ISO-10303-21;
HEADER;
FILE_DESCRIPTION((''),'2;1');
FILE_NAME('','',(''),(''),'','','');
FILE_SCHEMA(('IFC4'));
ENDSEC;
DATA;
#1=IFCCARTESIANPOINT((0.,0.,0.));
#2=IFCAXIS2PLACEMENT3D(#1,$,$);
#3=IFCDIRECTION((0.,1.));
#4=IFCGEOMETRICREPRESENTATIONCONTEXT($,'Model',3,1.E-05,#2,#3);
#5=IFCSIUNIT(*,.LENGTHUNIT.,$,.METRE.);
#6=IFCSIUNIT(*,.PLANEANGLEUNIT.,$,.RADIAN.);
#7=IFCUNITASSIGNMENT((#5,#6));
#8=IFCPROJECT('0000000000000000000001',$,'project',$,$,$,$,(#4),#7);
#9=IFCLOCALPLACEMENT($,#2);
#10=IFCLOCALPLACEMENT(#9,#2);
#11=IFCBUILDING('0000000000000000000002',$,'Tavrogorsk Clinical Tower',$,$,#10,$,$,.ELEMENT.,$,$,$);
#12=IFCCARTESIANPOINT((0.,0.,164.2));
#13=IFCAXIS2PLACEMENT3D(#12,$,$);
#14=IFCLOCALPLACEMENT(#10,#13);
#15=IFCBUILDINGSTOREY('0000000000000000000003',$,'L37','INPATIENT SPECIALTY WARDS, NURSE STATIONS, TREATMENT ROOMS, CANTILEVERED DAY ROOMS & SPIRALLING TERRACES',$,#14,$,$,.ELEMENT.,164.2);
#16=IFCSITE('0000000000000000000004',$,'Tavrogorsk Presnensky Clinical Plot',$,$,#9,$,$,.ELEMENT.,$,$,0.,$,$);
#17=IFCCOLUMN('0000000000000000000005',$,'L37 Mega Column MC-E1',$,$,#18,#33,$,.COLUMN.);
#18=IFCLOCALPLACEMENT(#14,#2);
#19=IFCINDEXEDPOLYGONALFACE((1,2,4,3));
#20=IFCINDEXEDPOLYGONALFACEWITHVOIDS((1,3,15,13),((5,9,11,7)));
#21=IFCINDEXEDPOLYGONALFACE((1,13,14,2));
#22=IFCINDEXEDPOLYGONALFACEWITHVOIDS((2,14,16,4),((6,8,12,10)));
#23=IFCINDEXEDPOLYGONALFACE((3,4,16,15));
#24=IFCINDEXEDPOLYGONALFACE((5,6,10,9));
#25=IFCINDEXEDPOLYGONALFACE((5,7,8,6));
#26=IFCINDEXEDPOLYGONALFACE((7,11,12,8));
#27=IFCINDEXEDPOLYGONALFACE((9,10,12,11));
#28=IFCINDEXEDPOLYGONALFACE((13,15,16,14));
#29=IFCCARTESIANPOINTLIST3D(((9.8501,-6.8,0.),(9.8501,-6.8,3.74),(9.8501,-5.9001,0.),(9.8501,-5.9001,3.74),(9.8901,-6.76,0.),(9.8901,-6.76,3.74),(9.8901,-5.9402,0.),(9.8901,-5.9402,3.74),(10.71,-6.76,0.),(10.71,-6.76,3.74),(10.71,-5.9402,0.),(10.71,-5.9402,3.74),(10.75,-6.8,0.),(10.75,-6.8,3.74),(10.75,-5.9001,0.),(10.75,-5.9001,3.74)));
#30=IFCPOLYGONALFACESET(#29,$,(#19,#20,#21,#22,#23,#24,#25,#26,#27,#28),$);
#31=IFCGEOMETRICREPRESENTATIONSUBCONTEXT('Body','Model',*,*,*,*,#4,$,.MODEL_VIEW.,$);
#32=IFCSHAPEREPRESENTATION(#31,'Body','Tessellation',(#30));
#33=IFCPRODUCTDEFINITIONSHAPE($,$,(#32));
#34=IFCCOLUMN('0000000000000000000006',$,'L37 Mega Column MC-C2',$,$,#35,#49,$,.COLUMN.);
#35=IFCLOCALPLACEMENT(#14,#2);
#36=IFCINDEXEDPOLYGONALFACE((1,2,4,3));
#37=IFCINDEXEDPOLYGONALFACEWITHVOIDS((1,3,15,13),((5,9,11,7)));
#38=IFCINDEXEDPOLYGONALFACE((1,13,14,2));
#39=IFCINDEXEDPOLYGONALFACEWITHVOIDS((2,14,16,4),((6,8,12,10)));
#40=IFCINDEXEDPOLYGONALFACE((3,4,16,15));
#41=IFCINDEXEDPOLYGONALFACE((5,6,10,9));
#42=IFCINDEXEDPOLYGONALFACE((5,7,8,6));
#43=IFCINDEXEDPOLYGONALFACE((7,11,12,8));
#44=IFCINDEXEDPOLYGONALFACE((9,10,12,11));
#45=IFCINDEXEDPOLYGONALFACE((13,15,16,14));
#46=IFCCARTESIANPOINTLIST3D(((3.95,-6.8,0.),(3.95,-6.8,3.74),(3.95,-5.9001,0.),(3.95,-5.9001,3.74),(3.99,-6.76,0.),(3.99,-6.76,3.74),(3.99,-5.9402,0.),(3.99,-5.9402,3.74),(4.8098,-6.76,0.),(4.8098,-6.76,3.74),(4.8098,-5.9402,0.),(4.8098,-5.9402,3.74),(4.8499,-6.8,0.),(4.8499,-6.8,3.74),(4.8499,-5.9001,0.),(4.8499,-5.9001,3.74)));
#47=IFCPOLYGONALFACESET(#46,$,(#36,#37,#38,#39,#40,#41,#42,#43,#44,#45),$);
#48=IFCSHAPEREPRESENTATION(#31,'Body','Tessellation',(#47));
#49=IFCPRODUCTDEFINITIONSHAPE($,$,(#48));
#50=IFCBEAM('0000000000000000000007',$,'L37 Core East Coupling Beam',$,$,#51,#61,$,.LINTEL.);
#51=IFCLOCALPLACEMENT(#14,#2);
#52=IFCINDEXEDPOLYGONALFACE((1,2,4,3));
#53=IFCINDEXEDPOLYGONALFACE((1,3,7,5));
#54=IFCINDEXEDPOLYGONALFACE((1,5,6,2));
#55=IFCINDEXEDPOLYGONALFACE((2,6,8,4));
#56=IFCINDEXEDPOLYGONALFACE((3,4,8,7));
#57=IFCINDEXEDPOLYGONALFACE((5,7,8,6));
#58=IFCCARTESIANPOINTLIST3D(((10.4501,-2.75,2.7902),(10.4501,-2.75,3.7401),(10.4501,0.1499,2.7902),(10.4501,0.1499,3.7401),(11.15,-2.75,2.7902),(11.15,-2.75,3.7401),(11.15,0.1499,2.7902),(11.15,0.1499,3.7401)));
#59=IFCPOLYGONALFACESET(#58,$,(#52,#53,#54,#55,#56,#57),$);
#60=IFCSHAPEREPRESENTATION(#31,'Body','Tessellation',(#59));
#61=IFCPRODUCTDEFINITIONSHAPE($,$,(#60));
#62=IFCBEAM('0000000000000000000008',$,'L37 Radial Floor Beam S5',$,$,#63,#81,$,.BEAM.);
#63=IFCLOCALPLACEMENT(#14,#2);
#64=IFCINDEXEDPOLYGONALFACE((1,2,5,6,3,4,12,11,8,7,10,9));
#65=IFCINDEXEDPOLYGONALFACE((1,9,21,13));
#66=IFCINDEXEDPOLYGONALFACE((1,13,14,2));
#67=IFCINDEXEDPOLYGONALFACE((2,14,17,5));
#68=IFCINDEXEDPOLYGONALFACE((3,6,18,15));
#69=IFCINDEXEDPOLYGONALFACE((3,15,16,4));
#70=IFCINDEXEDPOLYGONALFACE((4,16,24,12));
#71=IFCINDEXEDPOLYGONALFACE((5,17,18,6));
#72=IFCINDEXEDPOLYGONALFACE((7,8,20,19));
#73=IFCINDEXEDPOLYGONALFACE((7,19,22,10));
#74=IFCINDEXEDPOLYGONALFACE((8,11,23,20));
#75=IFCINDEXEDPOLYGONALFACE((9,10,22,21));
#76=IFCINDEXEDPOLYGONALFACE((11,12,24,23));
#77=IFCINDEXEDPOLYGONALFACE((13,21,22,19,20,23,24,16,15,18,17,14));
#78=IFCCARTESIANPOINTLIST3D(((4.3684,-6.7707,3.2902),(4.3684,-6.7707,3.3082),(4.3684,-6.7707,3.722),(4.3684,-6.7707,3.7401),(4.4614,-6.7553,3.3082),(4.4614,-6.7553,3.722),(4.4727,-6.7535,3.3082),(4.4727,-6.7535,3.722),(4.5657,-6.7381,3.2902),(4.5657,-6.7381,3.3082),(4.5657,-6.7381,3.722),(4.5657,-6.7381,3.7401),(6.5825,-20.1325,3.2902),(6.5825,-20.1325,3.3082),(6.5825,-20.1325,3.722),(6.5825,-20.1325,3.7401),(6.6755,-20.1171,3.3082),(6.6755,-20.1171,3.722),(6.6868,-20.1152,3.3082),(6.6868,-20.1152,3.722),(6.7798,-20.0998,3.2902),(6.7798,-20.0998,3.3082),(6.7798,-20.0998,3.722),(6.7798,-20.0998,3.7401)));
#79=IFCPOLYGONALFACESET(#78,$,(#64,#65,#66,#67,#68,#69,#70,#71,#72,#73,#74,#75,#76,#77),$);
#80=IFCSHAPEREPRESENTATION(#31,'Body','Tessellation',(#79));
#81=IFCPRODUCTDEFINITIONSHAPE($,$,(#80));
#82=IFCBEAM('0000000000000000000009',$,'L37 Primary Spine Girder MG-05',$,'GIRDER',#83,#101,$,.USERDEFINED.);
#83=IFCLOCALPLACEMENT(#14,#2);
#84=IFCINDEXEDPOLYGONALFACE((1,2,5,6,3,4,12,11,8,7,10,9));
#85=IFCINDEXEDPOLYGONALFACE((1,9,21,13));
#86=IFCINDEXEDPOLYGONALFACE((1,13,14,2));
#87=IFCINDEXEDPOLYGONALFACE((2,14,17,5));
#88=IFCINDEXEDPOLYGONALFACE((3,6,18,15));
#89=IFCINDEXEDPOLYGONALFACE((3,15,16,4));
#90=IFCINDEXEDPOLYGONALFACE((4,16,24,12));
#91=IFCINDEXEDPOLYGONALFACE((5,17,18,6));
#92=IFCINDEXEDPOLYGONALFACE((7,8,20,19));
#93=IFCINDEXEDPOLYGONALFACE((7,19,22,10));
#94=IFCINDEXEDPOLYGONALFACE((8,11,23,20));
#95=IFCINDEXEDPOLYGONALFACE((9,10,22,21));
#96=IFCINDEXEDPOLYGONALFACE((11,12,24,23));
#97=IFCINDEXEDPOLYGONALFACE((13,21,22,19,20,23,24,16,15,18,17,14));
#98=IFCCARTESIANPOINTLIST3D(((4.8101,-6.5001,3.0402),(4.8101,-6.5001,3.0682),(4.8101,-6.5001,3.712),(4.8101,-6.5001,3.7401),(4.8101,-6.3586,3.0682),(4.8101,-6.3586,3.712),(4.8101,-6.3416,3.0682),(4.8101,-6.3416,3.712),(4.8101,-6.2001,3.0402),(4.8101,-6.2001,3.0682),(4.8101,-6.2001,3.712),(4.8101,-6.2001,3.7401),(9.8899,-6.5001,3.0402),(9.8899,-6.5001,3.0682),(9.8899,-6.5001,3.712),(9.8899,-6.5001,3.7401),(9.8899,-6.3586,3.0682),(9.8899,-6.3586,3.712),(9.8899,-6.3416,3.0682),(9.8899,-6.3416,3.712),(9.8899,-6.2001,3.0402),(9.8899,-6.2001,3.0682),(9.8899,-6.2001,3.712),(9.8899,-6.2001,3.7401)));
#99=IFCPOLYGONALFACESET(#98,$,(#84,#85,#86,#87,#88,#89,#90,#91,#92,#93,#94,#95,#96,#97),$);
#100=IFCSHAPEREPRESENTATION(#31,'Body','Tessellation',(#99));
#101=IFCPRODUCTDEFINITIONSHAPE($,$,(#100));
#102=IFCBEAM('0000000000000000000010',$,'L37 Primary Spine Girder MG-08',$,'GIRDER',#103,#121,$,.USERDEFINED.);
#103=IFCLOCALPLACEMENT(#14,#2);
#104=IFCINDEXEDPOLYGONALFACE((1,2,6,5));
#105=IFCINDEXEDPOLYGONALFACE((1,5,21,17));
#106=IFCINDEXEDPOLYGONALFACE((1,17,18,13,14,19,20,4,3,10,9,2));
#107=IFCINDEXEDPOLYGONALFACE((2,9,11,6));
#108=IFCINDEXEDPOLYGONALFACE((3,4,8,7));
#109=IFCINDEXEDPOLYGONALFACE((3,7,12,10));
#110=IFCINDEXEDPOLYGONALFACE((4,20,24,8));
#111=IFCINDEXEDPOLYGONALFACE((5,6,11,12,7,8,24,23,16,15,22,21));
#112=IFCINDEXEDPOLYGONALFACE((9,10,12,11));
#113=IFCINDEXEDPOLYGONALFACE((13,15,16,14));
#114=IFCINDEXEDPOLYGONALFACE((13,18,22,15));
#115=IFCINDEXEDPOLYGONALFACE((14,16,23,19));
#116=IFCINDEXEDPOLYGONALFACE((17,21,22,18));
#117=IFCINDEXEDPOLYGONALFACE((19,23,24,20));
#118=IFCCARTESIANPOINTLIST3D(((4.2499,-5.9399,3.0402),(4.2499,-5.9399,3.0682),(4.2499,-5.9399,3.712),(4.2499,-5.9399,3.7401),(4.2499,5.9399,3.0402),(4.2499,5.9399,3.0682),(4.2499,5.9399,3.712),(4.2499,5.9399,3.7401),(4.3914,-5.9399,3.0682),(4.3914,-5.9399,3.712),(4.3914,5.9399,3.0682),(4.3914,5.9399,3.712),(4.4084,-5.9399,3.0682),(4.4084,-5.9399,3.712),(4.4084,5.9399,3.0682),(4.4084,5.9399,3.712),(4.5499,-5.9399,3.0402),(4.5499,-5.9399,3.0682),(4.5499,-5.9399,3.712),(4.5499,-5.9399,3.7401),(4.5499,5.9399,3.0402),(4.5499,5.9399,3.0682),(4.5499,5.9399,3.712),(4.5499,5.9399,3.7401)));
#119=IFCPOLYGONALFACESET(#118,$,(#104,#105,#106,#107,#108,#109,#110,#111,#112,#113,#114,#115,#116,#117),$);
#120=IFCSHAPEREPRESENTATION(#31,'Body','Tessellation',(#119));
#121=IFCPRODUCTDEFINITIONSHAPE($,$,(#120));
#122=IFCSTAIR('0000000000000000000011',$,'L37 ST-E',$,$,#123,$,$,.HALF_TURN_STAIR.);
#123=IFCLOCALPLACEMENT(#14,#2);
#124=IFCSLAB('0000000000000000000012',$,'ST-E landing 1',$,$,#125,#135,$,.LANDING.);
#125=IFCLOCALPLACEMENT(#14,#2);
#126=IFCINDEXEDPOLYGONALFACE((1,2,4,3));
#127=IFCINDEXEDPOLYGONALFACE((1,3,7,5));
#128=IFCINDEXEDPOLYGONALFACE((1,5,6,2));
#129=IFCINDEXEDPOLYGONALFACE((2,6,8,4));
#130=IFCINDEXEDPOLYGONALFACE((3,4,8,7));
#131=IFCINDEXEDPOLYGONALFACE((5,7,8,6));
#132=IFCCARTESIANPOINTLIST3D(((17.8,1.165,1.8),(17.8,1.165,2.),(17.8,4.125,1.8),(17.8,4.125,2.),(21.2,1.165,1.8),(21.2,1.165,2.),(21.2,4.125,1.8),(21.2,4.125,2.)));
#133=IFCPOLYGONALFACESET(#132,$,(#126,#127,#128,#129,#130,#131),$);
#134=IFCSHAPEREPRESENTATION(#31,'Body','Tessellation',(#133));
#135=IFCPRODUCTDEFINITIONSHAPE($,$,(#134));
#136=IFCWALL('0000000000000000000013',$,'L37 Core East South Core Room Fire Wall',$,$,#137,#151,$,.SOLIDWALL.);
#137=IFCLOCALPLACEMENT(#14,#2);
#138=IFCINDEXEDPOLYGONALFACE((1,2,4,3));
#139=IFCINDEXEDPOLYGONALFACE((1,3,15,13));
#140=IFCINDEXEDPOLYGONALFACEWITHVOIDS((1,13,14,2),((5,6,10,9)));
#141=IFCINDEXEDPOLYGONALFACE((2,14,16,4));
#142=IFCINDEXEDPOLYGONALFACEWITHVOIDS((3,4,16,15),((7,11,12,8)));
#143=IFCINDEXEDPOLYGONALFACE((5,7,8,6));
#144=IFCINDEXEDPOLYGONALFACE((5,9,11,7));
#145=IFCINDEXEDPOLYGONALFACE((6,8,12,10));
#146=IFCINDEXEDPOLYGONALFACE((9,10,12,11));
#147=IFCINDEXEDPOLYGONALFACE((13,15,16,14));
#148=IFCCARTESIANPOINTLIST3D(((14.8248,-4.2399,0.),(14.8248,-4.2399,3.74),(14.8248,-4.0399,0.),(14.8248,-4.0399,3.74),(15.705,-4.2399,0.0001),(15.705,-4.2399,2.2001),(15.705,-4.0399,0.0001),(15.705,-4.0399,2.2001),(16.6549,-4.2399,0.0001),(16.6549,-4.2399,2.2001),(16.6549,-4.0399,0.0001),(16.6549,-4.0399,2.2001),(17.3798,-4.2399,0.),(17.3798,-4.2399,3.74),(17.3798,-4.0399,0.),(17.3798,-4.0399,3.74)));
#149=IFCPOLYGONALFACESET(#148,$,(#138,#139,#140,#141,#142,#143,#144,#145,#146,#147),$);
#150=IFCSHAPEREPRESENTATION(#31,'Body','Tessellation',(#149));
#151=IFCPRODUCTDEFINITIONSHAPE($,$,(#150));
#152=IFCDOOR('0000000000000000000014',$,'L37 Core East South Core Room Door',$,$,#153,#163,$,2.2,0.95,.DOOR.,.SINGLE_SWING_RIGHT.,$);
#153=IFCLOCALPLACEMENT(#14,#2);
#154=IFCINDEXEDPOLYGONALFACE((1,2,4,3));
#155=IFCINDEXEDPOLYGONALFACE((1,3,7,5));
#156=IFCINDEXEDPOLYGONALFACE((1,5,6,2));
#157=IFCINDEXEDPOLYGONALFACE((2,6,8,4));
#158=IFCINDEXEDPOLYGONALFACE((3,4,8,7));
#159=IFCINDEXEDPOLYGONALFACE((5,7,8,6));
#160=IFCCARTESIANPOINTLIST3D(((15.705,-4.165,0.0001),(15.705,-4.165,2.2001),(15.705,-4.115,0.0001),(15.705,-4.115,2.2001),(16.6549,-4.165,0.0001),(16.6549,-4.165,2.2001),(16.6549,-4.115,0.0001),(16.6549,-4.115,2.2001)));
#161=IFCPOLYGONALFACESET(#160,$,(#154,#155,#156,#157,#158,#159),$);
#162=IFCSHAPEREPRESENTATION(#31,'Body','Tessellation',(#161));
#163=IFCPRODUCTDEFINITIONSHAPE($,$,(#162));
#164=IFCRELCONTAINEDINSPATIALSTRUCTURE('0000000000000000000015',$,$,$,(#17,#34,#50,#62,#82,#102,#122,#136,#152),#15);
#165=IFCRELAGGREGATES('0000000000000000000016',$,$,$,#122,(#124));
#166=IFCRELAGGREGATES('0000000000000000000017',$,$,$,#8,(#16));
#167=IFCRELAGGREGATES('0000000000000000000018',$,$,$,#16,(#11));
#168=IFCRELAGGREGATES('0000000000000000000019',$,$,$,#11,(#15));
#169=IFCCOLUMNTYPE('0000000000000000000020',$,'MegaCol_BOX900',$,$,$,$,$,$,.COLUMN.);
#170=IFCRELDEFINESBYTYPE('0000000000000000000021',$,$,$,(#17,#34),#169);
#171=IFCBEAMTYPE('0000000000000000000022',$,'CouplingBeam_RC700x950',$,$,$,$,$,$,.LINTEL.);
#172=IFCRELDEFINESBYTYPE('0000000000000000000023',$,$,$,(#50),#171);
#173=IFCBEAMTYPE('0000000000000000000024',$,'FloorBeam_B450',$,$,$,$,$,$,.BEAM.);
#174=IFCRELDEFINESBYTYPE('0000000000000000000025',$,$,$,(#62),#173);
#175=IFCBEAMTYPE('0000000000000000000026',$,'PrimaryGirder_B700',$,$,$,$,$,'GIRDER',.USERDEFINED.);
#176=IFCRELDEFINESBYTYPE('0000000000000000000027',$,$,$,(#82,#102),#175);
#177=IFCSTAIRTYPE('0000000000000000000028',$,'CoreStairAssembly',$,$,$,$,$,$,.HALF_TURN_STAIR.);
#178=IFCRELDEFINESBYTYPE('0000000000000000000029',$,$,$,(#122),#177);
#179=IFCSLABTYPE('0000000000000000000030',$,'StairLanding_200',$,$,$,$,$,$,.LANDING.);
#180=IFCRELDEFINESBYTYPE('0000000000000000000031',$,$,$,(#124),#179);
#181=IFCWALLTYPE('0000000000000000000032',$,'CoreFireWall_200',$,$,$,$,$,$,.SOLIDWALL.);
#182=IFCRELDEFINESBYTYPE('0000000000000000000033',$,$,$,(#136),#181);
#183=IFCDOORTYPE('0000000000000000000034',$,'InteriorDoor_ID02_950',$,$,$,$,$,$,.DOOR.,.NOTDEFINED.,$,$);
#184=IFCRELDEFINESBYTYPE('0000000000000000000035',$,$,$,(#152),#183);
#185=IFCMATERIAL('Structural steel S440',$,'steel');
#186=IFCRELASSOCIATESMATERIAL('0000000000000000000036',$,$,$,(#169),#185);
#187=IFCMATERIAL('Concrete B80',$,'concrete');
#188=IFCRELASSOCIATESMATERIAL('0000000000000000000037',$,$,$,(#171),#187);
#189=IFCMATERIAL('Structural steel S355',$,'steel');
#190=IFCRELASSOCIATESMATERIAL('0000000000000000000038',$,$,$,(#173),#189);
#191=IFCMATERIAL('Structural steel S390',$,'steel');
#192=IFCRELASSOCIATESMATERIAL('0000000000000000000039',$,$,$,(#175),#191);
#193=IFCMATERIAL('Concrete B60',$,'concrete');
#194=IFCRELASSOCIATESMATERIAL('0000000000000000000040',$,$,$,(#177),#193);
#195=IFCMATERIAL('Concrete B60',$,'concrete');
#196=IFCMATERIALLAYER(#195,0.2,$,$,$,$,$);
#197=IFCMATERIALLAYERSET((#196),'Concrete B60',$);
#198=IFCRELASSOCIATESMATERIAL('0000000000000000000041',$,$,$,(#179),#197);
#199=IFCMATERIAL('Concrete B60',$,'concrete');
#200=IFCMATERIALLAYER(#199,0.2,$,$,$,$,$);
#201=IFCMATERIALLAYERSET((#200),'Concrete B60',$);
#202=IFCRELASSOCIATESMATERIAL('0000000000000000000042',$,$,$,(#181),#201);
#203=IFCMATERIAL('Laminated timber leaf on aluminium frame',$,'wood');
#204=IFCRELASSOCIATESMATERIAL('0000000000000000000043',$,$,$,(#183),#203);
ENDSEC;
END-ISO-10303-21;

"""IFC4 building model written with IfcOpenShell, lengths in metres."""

from ifc_helpers import new_model, si_unit, direction, frame, frame_2d, origin, origin_2d, place, context, subcontext, project, spatial, polyline, rectangle, hollow_rectangle, i_section, outline, extrude, material, layer, layer_set, material_profile, profile_set, type_object, element, fill, aggregate, save


model = new_model("IFC4")

# Units and contexts
model_context = context("Model", 3, precision=1e-05, world=origin(), true_north=direction((0.0, 1.0)))
body_context = subcontext(model_context, "Body", "Model", "MODEL_VIEW")
ifc_project = project(units=[si_unit("LENGTHUNIT", "METRE"), si_unit("PLANEANGLEUNIT", "RADIAN")], contexts=[model_context])

# Site, building, storey
site_placement = place(None, origin())
site = spatial("IfcSite", under=ifc_project, at=site_placement, Name="Tavrogorsk Presnensky Clinical Plot", CompositionType="ELEMENT", RefElevation=0.0)
building_placement = place(site_placement, origin())
building = spatial("IfcBuilding", under=site, at=building_placement, Name="Tavrogorsk Clinical Tower", CompositionType="ELEMENT")
storey_placement = place(building_placement, frame((0.0, 0.0, 164.2)))
storey = spatial("IfcBuildingStorey", under=building, at=storey_placement, Name="L37", Description="INPATIENT SPECIALTY WARDS, NURSE STATIONS, TREATMENT ROOMS, CANTILEVERED DAY ROOMS & SPIRALLING TERRACES", CompositionType="ELEMENT", Elevation=164.2)

# Columns
ifc_material_1 = material(Name="Structural steel S440", Category="steel")
ifc_material_profile_1 = material_profile(ifc_material_1, hollow_rectangle(XDim=0.8999, YDim=0.8999, WallThickness=0.04, at=origin_2d()), Name="BOX-900x900x40")
ifc_profile_set_1 = profile_set([ifc_material_profile_1], Name="Structural steel S440")
column_type = type_object("IfcColumnType", Name="MegaCol_BOX900", PredefinedType="COLUMN", material=ifc_profile_set_1)
for number, where, z_axis, x_axis, name in (
    (1, (10.3, -6.3501, 0.0), (0.0, 0.0, 1.0), (1.0, 0.0, 0.0), "L37 Mega Column MC-E1"),
    (2, (4.3999, -6.3501, 0.0), (0.0, 0.0, 1.0), (1.0, 0.0, 0.0), "L37 Mega Column MC-C2"),
):
    element("IfcColumn", number, at=place(storey_placement, frame(where, z_axis=z_axis, x_axis=x_axis)), inside=storey, type_object=column_type, Name=name, PredefinedType="COLUMN", context=body_context, shape_type="SweptSolid", body=[
        extrude(hollow_rectangle(XDim=0.8999, YDim=0.8999, WallThickness=0.04, at=origin_2d()), origin(), (0.0, 0.0, 1.0), 3.74),
    ])

# Beams
ifc_material_2 = material(Name="Concrete B80", Category="concrete")
ifc_material_profile_2 = material_profile(ifc_material_2, rectangle(XDim=0.7, YDim=0.95, at=origin_2d()), Name="RC-CB-700x950")
ifc_profile_set_2 = profile_set([ifc_material_profile_2], Name="Concrete B80")
beam_type_1 = type_object("IfcBeamType", Name="CouplingBeam_RC700x950", PredefinedType="LINTEL", material=ifc_profile_set_2)
beam_1_placement = place(storey_placement, frame((10.8, -2.75, 3.2651), z_axis=(0.0, 1.0, 0.0), x_axis=(-1.0, 0.0, 0.0)))
element("IfcBeam", 3, at=beam_1_placement, inside=storey, type_object=beam_type_1, Name="L37 Core East Coupling Beam", PredefinedType="LINTEL", context=body_context, shape_type="SweptSolid", body=[
    extrude(rectangle(XDim=0.7, YDim=0.95, at=origin_2d()), origin(), (0.0, 0.0, 1.0), 2.8999),
])
ifc_material_3 = material(Name="Structural steel S355", Category="steel")
ifc_material_profile_3 = material_profile(ifc_material_3, i_section(OverallWidth=0.2, OverallDepth=0.45, WebThickness=0.0115, FlangeThickness=0.0181, at=origin_2d()), Name="B-450x200x11.5x18")
ifc_profile_set_3 = profile_set([ifc_material_profile_3], Name="Structural steel S355")
beam_type_2 = type_object("IfcBeamType", Name="FloorBeam_B450", PredefinedType="BEAM", material=ifc_profile_set_3)
beam_2_placement = place(storey_placement, frame((4.467, -6.7544, 3.5151), z_axis=(0.163475, -0.986547, 0.0), x_axis=(0.986547, 0.163475, 0.0)))
element("IfcBeam", 4, at=beam_2_placement, inside=storey, type_object=beam_type_2, Name="L37 Radial Floor Beam S5", PredefinedType="BEAM", context=body_context, shape_type="SweptSolid", body=[
    extrude(i_section(OverallWidth=0.2, OverallDepth=0.45, WebThickness=0.0115, FlangeThickness=0.0181, at=origin_2d()), origin(), (0.0, 0.0, 1.0), 13.5439),
])
ifc_material_4 = material(Name="Structural steel S390", Category="steel")
ifc_material_profile_4 = material_profile(ifc_material_4, i_section(OverallWidth=0.3, OverallDepth=0.7, WebThickness=0.0171, FlangeThickness=0.0281, at=origin_2d()), Name="B-700x300x17x28")
ifc_profile_set_4 = profile_set([ifc_material_profile_4], Name="Structural steel S390")
beam_type_3 = type_object("IfcBeamType", Name="PrimaryGirder_B700", ElementType="GIRDER", PredefinedType="USERDEFINED", material=ifc_profile_set_4)
beam_3_placement = place(storey_placement, frame((4.8101, -6.3501, 3.3901), z_axis=(1.0, 0.0, 0.0), x_axis=(0.0, 1.0, 0.0)))
element("IfcBeam", 5, at=beam_3_placement, inside=storey, type_object=beam_type_3, Name="L37 Primary Spine Girder MG-05", ObjectType="GIRDER", PredefinedType="USERDEFINED", context=body_context, shape_type="SweptSolid", body=[
    extrude(i_section(OverallWidth=0.3, OverallDepth=0.7, WebThickness=0.0171, FlangeThickness=0.0281, at=origin_2d()), origin(), (0.0, 0.0, 1.0), 5.0798),
])
beam_4_placement = place(storey_placement, frame((4.3999, -5.9399, 3.3901), z_axis=(0.0, 1.0, 0.0), x_axis=(-1.0, 0.0, 0.0)))
element("IfcBeam", 6, at=beam_4_placement, inside=storey, type_object=beam_type_3, Name="L37 Primary Spine Girder MG-08", ObjectType="GIRDER", PredefinedType="USERDEFINED", context=body_context, shape_type="SweptSolid", body=[
    extrude(i_section(OverallWidth=0.3, OverallDepth=0.7, WebThickness=0.0171, FlangeThickness=0.0281, at=origin_2d()), origin(), (0.0, 0.0, 1.0), 11.8799),
])

# Stair, slab
ifc_material_5 = material(Name="Concrete B60", Category="concrete")
stair_type = type_object("IfcStairType", Name="CoreStairAssembly", PredefinedType="HALF_TURN_STAIR", material=ifc_material_5)
stair_placement = place(storey_placement, origin())
stair = element("IfcStair", 7, at=stair_placement, inside=storey, type_object=stair_type, Name="L37 ST-E", PredefinedType="HALF_TURN_STAIR")
ifc_material_6 = material(Name="Concrete B60", Category="concrete")
ifc_layer_1 = layer(ifc_material_6, 0.2)
ifc_layer_set_1 = layer_set([ifc_layer_1], Name="Concrete B60")
slab_type = type_object("IfcSlabType", Name="StairLanding_200", PredefinedType="LANDING", material=ifc_layer_set_1)
slab_placement = place(storey_placement, frame((0.0, 0.0, 1.8)))
slab = element("IfcSlab", 8, at=slab_placement, type_object=slab_type, Name="ST-E landing 1", PredefinedType="LANDING", context=body_context, shape_type="SweptSolid", body=[
    extrude(outline(polyline([(21.2, 1.165), (21.2, 4.125), (17.8, 4.125), (17.8, 1.165), (21.2, 1.165)])), origin(), (0.0, 0.0, 1.0), 0.2),
])
aggregate(stair, [slab])

# Wall, opening, door
ifc_material_7 = material(Name="Concrete B60", Category="concrete")
ifc_layer_2 = layer(ifc_material_7, 0.2)
ifc_layer_set_2 = layer_set([ifc_layer_2], Name="Concrete B60")
wall_type_1 = type_object("IfcWallType", Name="CoreFireWall_200", PredefinedType="SOLIDWALL", material=ifc_layer_set_2)
wall_1_placement = place(storey_placement, frame((14.825, -4.1399, 0.0), z_axis=(0.0, 0.0, 1.0), x_axis=(1.0, 0.0, 0.0)))
wall_1 = element("IfcWall", 9, at=wall_1_placement, inside=storey, type_object=wall_type_1, Name="L37 Core East South Core Room Fire Wall", PredefinedType="SOLIDWALL", context=body_context, shape_type="SweptSolid", body=[
    extrude(rectangle(XDim=2.5549, YDim=0.2, at=frame_2d((1.2773, 0.0))), origin(), (0.0, 0.0, 1.0), 3.74),
])
opening_1_placement = place(wall_1_placement, frame((0.8799, 0.0, 0.0)))
opening_1 = element("IfcOpeningElement", 10, at=opening_1_placement, cuts=wall_1, PredefinedType="OPENING", context=body_context, shape_type="SweptSolid", body=[
    extrude(rectangle(XDim=0.95, YDim=2.2, at=frame_2d((0.4751, 1.1001))), frame((0.0, 0.1099, 0.0), z_axis=(0.0, -1.0, 0.0), x_axis=(1.0, 0.0, 0.0)), (0.0, 0.0, 1.0), 0.22),
])
ifc_material_8 = material(Name="Laminated timber leaf on aluminium frame", Category="wood")
door_type_1 = type_object("IfcDoorType", Name="InteriorDoor_ID02_950", OperationType="NOTDEFINED", PredefinedType="DOOR", material=ifc_material_8)
door_1_placement = place(opening_1_placement, origin())
door_1 = element("IfcDoor", 11, at=door_1_placement, inside=storey, type_object=door_type_1, Name="L37 Core East South Core Room Door", OperationType="SINGLE_SWING_RIGHT", OverallHeight=2.2, OverallWidth=0.95, PredefinedType="DOOR", context=body_context, shape_type="SweptSolid", body=[
    extrude(rectangle(XDim=0.95, YDim=2.2, at=frame_2d((0.4751, 1.1001))), frame((0.0, 0.0249, 0.0), z_axis=(0.0, -1.0, 0.0), x_axis=(1.0, 0.0, 0.0)), (0.0, 0.0, 1.0), 0.05),
])
fill(opening_1, door_1)

save(model, "model.ifc")
